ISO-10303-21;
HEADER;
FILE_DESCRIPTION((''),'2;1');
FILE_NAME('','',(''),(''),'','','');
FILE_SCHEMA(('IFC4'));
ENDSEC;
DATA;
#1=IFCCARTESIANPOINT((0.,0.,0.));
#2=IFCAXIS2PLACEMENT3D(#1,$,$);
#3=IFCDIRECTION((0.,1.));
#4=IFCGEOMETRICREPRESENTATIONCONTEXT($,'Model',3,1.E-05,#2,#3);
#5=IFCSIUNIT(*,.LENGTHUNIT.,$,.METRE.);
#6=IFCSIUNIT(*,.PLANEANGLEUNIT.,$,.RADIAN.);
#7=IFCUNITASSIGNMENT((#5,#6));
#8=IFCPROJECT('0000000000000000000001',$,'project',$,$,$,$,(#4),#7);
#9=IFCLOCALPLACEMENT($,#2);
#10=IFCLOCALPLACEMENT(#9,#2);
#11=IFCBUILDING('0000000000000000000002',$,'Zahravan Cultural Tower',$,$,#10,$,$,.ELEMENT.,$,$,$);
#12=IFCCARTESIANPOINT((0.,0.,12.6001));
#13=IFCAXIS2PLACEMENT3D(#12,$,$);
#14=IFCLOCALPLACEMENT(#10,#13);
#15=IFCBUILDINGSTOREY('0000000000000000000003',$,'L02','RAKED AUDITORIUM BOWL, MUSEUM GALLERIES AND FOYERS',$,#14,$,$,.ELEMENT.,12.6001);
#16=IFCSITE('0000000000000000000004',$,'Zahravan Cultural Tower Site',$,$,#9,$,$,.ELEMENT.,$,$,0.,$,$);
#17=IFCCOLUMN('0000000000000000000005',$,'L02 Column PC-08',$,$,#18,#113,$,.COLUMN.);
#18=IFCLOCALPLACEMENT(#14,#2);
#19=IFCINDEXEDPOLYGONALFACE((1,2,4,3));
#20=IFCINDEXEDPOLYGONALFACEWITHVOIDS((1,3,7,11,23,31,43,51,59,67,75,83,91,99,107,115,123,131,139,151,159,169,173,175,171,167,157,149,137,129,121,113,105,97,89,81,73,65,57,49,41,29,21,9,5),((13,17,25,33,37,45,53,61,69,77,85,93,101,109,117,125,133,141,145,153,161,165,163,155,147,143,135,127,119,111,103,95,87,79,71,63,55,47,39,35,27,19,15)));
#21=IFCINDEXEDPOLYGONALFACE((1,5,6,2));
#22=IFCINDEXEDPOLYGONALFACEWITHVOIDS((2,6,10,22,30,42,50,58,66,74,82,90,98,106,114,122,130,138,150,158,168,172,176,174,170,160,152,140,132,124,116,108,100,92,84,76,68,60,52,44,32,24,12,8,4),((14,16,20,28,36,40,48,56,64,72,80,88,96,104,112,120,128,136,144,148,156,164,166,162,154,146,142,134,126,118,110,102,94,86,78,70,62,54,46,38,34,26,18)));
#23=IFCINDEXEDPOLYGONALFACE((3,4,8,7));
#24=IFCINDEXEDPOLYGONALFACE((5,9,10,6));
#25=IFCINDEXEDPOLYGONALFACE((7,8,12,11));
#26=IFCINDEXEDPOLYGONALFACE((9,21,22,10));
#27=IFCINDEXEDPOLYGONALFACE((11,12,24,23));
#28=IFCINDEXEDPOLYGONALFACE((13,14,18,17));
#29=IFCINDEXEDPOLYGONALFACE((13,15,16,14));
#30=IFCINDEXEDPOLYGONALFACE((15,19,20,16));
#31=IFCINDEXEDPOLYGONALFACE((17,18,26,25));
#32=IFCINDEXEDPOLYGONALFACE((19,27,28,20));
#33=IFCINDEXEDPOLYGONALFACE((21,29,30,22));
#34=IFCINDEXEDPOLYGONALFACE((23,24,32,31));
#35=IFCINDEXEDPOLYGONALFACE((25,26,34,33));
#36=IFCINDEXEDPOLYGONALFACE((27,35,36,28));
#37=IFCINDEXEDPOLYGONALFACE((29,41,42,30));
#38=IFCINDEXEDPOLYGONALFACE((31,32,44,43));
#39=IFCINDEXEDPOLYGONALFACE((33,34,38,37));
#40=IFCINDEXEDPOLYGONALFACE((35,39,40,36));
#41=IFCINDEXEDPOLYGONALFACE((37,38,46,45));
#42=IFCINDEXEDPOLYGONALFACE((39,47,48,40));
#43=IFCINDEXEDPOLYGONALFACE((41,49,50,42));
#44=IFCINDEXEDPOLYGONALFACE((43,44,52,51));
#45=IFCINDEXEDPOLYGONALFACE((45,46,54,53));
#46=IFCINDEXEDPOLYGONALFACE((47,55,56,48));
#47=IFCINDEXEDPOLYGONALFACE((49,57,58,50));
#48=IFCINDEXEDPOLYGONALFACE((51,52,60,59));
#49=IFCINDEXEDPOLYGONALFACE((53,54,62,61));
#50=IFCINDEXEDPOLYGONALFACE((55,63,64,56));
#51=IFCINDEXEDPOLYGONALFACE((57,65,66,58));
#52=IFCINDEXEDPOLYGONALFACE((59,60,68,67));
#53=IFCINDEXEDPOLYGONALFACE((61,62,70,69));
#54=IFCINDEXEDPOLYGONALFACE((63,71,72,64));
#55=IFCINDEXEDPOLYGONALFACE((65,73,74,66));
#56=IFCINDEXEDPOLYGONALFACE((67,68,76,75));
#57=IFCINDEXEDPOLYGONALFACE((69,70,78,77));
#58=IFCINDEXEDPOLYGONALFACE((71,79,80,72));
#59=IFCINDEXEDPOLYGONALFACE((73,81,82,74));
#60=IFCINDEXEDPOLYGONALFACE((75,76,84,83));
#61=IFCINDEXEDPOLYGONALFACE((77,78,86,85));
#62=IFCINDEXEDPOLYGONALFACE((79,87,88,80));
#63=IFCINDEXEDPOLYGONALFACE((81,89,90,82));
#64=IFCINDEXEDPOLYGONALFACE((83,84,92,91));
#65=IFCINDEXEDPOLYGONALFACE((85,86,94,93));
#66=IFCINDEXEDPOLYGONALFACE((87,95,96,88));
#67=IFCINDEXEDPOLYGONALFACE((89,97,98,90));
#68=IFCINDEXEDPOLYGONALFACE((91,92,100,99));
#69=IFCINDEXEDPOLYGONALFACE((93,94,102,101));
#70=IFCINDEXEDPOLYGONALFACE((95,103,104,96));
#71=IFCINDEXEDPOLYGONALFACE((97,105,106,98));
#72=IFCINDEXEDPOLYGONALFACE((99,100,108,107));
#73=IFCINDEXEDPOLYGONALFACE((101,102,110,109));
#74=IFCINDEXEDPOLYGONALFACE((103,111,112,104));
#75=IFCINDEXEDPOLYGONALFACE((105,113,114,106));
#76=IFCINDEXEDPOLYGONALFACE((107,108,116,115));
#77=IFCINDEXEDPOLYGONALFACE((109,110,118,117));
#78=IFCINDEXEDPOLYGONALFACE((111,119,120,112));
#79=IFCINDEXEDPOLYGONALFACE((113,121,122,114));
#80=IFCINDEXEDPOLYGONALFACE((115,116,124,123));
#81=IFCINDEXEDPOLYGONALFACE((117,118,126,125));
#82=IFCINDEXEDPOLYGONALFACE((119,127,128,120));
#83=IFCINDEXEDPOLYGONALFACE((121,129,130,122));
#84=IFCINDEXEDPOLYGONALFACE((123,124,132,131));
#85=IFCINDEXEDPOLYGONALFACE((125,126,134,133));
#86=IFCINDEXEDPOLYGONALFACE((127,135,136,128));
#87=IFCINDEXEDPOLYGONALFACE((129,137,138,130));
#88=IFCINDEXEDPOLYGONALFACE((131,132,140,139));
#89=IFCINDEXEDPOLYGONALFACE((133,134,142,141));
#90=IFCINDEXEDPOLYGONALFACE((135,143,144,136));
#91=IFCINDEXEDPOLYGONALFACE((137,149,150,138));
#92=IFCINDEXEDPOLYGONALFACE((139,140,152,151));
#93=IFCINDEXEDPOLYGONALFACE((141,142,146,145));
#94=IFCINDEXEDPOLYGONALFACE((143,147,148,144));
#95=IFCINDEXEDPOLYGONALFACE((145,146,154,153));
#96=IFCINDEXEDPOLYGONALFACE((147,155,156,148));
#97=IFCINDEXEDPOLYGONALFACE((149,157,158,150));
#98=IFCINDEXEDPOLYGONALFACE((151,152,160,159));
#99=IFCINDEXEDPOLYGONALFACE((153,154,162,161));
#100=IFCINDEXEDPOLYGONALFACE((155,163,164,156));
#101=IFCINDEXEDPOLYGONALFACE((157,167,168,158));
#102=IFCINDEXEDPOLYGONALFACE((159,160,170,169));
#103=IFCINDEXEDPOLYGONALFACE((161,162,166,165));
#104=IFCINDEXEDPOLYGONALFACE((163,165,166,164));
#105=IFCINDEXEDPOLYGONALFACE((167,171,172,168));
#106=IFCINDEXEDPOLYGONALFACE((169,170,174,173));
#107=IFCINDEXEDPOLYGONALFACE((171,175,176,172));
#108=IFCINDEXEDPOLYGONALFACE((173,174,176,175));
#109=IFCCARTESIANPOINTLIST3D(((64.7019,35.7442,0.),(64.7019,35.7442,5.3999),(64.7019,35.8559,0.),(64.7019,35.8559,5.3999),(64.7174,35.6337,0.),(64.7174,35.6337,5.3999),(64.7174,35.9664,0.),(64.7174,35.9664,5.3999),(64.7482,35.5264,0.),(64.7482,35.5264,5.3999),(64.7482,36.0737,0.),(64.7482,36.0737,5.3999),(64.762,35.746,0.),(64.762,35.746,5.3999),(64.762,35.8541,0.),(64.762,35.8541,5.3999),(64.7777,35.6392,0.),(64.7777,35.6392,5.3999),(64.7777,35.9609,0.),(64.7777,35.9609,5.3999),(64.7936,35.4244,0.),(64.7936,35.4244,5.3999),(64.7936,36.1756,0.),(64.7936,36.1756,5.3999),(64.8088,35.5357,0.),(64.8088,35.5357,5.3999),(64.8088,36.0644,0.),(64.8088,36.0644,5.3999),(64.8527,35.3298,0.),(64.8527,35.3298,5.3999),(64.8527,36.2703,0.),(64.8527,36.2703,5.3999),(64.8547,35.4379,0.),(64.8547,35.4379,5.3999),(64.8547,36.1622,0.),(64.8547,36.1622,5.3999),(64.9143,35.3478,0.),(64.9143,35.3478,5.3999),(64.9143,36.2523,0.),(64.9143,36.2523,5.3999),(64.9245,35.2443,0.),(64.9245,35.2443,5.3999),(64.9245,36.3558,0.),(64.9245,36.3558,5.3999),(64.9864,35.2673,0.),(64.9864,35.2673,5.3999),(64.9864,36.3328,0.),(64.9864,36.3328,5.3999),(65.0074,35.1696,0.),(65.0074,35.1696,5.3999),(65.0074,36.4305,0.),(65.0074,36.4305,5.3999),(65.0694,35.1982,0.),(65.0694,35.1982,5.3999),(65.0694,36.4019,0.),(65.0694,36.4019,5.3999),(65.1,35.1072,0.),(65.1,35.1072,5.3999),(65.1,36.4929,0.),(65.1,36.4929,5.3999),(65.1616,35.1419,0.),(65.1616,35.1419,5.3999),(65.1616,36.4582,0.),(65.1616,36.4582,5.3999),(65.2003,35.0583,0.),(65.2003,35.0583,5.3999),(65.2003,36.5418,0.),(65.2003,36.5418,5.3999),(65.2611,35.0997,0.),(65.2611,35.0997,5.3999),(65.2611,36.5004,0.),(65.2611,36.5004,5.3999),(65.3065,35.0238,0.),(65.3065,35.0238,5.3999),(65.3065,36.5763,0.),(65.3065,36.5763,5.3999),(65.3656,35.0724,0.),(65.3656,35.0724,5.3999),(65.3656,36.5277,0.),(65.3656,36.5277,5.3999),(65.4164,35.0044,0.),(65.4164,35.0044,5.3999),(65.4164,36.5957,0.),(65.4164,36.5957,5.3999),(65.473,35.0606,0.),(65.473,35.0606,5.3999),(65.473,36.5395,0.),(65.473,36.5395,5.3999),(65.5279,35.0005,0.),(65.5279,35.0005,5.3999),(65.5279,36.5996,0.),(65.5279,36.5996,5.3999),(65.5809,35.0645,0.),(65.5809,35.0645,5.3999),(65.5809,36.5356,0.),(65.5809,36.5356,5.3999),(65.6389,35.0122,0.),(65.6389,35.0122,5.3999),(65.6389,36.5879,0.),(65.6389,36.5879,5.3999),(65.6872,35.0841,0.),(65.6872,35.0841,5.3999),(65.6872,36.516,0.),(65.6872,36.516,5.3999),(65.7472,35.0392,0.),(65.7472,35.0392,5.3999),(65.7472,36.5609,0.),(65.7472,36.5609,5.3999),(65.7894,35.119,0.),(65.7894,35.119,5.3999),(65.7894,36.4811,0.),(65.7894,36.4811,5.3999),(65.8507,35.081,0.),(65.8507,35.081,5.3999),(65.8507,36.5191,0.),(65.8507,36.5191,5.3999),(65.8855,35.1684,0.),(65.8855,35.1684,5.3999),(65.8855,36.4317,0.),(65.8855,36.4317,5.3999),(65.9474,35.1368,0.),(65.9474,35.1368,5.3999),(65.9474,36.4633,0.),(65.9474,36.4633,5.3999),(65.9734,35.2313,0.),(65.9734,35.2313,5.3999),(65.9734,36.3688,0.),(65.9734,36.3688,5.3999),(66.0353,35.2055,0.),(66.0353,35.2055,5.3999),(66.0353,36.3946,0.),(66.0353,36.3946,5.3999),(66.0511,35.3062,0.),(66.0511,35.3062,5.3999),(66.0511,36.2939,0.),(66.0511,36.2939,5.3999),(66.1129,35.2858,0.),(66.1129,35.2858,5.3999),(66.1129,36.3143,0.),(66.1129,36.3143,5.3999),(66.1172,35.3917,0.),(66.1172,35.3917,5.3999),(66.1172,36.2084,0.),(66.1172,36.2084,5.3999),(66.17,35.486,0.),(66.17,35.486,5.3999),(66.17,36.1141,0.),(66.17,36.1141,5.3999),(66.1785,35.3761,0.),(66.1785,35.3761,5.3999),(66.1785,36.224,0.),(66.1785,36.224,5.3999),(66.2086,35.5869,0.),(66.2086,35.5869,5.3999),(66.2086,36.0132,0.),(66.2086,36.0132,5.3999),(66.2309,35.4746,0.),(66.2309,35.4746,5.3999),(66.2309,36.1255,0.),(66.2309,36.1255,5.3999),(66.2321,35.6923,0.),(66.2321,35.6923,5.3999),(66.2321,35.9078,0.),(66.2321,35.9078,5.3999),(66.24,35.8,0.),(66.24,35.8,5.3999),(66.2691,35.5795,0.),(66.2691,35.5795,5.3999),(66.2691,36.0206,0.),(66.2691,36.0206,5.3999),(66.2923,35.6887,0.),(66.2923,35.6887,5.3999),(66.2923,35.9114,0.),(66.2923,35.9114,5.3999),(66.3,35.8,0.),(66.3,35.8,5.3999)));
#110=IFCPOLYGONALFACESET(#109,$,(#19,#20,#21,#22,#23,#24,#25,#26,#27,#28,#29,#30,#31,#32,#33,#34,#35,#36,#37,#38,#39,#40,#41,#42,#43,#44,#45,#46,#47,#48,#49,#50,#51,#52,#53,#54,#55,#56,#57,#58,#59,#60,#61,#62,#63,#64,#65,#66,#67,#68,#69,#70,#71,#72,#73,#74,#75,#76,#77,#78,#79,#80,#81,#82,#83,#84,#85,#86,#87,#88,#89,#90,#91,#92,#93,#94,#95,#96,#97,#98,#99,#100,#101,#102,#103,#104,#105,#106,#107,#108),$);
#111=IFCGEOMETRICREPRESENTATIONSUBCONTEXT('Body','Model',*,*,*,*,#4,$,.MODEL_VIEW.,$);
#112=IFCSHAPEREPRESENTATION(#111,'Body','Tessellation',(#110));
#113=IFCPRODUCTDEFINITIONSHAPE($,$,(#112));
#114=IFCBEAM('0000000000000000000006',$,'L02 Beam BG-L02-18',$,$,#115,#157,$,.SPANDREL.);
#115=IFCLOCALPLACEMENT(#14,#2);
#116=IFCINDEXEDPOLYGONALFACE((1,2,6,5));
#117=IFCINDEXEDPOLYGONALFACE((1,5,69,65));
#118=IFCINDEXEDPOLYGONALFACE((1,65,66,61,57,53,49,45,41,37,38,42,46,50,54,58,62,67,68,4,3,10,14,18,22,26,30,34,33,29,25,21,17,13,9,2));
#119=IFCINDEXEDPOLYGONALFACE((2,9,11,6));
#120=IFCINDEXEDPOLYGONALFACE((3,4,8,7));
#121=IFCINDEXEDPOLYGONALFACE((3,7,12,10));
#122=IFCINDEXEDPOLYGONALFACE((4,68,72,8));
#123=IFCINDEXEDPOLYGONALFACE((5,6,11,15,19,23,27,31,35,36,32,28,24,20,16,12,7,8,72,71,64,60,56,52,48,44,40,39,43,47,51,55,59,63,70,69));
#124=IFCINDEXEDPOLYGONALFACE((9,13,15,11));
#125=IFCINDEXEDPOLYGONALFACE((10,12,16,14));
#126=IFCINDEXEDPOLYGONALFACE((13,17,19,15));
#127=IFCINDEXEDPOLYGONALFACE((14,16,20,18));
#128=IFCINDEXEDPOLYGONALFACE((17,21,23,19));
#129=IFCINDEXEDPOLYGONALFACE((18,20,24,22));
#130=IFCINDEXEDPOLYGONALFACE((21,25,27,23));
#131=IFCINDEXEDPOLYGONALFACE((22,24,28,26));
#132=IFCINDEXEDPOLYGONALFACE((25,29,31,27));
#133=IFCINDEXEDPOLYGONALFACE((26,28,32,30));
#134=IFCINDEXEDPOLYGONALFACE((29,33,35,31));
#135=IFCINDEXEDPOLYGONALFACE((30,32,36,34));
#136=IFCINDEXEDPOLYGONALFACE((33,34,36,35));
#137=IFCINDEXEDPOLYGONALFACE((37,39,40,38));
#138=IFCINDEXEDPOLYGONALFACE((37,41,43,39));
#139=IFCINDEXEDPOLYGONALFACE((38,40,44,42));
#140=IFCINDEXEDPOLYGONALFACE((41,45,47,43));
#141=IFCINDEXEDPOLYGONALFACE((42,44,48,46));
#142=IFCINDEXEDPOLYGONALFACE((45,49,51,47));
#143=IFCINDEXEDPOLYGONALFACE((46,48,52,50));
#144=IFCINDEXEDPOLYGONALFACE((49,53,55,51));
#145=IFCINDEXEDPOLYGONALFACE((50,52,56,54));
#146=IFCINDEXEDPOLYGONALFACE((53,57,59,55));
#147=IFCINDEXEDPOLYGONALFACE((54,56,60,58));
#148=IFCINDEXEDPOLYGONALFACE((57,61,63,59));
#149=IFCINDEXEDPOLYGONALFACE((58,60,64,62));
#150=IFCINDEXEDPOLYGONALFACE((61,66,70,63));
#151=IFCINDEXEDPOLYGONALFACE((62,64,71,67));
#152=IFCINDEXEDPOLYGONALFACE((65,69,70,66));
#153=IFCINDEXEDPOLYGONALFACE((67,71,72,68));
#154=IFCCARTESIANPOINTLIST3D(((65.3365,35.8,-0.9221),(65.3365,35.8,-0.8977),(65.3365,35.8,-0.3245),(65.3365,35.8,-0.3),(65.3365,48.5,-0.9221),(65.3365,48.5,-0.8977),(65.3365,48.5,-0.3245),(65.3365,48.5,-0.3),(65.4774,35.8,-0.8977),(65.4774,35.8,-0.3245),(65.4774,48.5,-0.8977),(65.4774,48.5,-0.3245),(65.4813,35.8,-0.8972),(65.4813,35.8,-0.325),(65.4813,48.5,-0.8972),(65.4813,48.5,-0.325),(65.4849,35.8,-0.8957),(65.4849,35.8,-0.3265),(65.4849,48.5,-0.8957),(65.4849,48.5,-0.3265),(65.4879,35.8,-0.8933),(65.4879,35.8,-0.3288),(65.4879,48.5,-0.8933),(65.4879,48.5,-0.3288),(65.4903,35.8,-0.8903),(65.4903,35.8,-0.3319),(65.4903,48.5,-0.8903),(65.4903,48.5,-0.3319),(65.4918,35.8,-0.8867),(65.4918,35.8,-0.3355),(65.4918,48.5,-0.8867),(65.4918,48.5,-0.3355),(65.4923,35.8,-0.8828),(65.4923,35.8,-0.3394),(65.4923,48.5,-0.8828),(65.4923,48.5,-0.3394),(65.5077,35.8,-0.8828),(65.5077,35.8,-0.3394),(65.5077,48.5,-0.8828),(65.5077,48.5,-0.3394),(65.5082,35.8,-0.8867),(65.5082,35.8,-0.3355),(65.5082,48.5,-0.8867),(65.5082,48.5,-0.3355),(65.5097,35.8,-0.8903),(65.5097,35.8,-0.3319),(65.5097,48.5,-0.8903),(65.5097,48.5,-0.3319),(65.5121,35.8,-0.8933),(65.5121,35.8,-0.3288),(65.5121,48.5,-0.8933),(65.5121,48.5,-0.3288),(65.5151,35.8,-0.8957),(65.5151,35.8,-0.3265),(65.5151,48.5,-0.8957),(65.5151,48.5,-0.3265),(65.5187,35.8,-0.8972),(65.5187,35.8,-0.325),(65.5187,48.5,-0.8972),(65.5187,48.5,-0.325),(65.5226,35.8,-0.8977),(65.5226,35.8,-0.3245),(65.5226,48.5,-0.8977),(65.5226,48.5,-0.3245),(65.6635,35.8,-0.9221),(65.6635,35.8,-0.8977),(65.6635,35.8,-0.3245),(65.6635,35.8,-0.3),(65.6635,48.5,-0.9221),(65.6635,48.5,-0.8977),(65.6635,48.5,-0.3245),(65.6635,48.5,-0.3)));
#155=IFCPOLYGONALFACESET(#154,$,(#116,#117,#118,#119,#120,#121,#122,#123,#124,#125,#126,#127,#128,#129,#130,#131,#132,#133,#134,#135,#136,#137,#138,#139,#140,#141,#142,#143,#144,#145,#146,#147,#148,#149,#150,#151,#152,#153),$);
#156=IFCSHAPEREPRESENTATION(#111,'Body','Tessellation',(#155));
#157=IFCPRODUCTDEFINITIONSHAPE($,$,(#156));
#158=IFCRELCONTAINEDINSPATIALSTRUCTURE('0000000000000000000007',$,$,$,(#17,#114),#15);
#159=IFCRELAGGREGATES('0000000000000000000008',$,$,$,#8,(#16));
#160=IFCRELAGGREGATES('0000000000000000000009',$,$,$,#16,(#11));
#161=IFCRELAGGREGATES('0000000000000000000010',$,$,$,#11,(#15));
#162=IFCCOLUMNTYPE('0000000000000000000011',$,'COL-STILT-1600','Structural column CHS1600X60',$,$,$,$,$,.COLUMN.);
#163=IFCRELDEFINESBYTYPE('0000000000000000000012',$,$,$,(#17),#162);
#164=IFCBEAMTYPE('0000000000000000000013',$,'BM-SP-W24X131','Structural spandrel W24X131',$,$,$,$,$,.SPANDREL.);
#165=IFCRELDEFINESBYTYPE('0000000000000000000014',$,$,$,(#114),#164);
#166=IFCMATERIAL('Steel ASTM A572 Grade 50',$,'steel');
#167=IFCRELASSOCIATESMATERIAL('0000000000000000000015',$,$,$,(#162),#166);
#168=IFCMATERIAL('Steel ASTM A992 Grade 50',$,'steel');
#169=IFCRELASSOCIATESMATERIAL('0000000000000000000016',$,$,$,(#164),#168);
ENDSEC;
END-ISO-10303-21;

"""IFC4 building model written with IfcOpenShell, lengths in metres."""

from ifc_helpers import new_model, si_unit, direction, frame, origin, origin_2d, place, context, subcontext, project, spatial, hollow_circle, i_section, extrude, source, transform, mapped, material, material_profile, profile_set, type_object, element, save


model = new_model("IFC4")

# Units and contexts
model_context = context("Model", 3, precision=1e-05, world=origin(), true_north=direction((0.0, 1.0)))
body_context = subcontext(model_context, "Body", "Model", "MODEL_VIEW")
ifc_project = project(units=[si_unit("LENGTHUNIT", "METRE"), si_unit("PLANEANGLEUNIT", "RADIAN")], contexts=[model_context])

# Site, building, storey
site_placement = place(None, origin())
site = spatial("IfcSite", under=ifc_project, at=site_placement, Name="Zahravan Cultural Tower Site", CompositionType="ELEMENT", RefElevation=0.0)
building_placement = place(site_placement, origin())
building = spatial("IfcBuilding", under=site, at=building_placement, Name="Zahravan Cultural Tower", CompositionType="ELEMENT")
storey_placement = place(building_placement, frame((0.0, 0.0, 12.6001)))
storey = spatial("IfcBuildingStorey", under=building, at=storey_placement, Name="L02", Description="RAKED AUDITORIUM BOWL, MUSEUM GALLERIES AND FOYERS", CompositionType="ELEMENT", Elevation=12.6001)

# Column
ifc_material_1 = material(Name="Steel ASTM A572 Grade 50", Category="steel")
ifc_material_profile_1 = material_profile(ifc_material_1, hollow_circle(Radius=0.8, WallThickness=0.0601, at=origin_2d()), Name="CHS1600X60")
ifc_profile_set_1 = profile_set([ifc_material_profile_1], Name="Steel ASTM A572 Grade 50")
column_type = type_object("IfcColumnType", Name="COL-STILT-1600", Description="Structural column CHS1600X60", PredefinedType="COLUMN", material=ifc_profile_set_1)
shared_shape_1 = source(origin(), body_context, "Body", "SweptSolid", [
    extrude(hollow_circle(Radius=0.8, WallThickness=0.0601, at=origin_2d()), origin(), (0.0, 0.0, 1.0), 5.3999),
])
column_placement = place(storey_placement, frame((65.5, 35.8, 0.0), z_axis=(0.0, 0.0, 1.0), x_axis=(1.0, 0.0, 0.0)))
element("IfcColumn", 1, at=column_placement, inside=storey, type_object=column_type, Name="L02 Column PC-08", PredefinedType="COLUMN", context=body_context, shape_type="MappedRepresentation", body=[
    mapped(shared_shape_1, transform((0.0, 0.0, 0.0), x_axis=(1.0, 0.0, 0.0), y_axis=(0.0, 1.0, 0.0), z_axis=(0.0, 0.0, 1.0), scale=1.0)),
])

# Beam
ifc_material_2 = material(Name="Steel ASTM A992 Grade 50", Category="steel")
ifc_material_profile_2 = material_profile(ifc_material_2, i_section(OverallWidth=0.3269, OverallDepth=0.6221, WebThickness=0.0154, FlangeThickness=0.0244, FilletRadius=0.0149, at=origin_2d()), Name="W24X131")
ifc_profile_set_2 = profile_set([ifc_material_profile_2], Name="Steel ASTM A992 Grade 50")
beam_type_1 = type_object("IfcBeamType", Name="BM-SP-W24X131", Description="Structural spandrel W24X131", PredefinedType="SPANDREL", material=ifc_profile_set_2)
shared_shape_2 = source(origin(), body_context, "Body", "SweptSolid", [
    extrude(i_section(OverallWidth=0.3269, OverallDepth=0.6221, WebThickness=0.0154, FlangeThickness=0.0244, FilletRadius=0.0149, at=origin_2d()), origin(), (0.0, 0.0, 1.0), 12.7),
])
beam_1_placement = place(storey_placement, frame((65.5, 35.8, -0.6111), z_axis=(0.0, 1.0, 0.0), x_axis=(-1.0, 0.0, 0.0)))
element("IfcBeam", 2, at=beam_1_placement, inside=storey, type_object=beam_type_1, Name="L02 Beam BG-L02-18", PredefinedType="SPANDREL", context=body_context, shape_type="MappedRepresentation", body=[
    mapped(shared_shape_2, transform((0.0, 0.0, 0.0), x_axis=(1.0, 0.0, 0.0), y_axis=(0.0, 1.0, 0.0), z_axis=(0.0, 0.0, 1.0), scale=1.0)),
])

save(model, "model.ifc")
